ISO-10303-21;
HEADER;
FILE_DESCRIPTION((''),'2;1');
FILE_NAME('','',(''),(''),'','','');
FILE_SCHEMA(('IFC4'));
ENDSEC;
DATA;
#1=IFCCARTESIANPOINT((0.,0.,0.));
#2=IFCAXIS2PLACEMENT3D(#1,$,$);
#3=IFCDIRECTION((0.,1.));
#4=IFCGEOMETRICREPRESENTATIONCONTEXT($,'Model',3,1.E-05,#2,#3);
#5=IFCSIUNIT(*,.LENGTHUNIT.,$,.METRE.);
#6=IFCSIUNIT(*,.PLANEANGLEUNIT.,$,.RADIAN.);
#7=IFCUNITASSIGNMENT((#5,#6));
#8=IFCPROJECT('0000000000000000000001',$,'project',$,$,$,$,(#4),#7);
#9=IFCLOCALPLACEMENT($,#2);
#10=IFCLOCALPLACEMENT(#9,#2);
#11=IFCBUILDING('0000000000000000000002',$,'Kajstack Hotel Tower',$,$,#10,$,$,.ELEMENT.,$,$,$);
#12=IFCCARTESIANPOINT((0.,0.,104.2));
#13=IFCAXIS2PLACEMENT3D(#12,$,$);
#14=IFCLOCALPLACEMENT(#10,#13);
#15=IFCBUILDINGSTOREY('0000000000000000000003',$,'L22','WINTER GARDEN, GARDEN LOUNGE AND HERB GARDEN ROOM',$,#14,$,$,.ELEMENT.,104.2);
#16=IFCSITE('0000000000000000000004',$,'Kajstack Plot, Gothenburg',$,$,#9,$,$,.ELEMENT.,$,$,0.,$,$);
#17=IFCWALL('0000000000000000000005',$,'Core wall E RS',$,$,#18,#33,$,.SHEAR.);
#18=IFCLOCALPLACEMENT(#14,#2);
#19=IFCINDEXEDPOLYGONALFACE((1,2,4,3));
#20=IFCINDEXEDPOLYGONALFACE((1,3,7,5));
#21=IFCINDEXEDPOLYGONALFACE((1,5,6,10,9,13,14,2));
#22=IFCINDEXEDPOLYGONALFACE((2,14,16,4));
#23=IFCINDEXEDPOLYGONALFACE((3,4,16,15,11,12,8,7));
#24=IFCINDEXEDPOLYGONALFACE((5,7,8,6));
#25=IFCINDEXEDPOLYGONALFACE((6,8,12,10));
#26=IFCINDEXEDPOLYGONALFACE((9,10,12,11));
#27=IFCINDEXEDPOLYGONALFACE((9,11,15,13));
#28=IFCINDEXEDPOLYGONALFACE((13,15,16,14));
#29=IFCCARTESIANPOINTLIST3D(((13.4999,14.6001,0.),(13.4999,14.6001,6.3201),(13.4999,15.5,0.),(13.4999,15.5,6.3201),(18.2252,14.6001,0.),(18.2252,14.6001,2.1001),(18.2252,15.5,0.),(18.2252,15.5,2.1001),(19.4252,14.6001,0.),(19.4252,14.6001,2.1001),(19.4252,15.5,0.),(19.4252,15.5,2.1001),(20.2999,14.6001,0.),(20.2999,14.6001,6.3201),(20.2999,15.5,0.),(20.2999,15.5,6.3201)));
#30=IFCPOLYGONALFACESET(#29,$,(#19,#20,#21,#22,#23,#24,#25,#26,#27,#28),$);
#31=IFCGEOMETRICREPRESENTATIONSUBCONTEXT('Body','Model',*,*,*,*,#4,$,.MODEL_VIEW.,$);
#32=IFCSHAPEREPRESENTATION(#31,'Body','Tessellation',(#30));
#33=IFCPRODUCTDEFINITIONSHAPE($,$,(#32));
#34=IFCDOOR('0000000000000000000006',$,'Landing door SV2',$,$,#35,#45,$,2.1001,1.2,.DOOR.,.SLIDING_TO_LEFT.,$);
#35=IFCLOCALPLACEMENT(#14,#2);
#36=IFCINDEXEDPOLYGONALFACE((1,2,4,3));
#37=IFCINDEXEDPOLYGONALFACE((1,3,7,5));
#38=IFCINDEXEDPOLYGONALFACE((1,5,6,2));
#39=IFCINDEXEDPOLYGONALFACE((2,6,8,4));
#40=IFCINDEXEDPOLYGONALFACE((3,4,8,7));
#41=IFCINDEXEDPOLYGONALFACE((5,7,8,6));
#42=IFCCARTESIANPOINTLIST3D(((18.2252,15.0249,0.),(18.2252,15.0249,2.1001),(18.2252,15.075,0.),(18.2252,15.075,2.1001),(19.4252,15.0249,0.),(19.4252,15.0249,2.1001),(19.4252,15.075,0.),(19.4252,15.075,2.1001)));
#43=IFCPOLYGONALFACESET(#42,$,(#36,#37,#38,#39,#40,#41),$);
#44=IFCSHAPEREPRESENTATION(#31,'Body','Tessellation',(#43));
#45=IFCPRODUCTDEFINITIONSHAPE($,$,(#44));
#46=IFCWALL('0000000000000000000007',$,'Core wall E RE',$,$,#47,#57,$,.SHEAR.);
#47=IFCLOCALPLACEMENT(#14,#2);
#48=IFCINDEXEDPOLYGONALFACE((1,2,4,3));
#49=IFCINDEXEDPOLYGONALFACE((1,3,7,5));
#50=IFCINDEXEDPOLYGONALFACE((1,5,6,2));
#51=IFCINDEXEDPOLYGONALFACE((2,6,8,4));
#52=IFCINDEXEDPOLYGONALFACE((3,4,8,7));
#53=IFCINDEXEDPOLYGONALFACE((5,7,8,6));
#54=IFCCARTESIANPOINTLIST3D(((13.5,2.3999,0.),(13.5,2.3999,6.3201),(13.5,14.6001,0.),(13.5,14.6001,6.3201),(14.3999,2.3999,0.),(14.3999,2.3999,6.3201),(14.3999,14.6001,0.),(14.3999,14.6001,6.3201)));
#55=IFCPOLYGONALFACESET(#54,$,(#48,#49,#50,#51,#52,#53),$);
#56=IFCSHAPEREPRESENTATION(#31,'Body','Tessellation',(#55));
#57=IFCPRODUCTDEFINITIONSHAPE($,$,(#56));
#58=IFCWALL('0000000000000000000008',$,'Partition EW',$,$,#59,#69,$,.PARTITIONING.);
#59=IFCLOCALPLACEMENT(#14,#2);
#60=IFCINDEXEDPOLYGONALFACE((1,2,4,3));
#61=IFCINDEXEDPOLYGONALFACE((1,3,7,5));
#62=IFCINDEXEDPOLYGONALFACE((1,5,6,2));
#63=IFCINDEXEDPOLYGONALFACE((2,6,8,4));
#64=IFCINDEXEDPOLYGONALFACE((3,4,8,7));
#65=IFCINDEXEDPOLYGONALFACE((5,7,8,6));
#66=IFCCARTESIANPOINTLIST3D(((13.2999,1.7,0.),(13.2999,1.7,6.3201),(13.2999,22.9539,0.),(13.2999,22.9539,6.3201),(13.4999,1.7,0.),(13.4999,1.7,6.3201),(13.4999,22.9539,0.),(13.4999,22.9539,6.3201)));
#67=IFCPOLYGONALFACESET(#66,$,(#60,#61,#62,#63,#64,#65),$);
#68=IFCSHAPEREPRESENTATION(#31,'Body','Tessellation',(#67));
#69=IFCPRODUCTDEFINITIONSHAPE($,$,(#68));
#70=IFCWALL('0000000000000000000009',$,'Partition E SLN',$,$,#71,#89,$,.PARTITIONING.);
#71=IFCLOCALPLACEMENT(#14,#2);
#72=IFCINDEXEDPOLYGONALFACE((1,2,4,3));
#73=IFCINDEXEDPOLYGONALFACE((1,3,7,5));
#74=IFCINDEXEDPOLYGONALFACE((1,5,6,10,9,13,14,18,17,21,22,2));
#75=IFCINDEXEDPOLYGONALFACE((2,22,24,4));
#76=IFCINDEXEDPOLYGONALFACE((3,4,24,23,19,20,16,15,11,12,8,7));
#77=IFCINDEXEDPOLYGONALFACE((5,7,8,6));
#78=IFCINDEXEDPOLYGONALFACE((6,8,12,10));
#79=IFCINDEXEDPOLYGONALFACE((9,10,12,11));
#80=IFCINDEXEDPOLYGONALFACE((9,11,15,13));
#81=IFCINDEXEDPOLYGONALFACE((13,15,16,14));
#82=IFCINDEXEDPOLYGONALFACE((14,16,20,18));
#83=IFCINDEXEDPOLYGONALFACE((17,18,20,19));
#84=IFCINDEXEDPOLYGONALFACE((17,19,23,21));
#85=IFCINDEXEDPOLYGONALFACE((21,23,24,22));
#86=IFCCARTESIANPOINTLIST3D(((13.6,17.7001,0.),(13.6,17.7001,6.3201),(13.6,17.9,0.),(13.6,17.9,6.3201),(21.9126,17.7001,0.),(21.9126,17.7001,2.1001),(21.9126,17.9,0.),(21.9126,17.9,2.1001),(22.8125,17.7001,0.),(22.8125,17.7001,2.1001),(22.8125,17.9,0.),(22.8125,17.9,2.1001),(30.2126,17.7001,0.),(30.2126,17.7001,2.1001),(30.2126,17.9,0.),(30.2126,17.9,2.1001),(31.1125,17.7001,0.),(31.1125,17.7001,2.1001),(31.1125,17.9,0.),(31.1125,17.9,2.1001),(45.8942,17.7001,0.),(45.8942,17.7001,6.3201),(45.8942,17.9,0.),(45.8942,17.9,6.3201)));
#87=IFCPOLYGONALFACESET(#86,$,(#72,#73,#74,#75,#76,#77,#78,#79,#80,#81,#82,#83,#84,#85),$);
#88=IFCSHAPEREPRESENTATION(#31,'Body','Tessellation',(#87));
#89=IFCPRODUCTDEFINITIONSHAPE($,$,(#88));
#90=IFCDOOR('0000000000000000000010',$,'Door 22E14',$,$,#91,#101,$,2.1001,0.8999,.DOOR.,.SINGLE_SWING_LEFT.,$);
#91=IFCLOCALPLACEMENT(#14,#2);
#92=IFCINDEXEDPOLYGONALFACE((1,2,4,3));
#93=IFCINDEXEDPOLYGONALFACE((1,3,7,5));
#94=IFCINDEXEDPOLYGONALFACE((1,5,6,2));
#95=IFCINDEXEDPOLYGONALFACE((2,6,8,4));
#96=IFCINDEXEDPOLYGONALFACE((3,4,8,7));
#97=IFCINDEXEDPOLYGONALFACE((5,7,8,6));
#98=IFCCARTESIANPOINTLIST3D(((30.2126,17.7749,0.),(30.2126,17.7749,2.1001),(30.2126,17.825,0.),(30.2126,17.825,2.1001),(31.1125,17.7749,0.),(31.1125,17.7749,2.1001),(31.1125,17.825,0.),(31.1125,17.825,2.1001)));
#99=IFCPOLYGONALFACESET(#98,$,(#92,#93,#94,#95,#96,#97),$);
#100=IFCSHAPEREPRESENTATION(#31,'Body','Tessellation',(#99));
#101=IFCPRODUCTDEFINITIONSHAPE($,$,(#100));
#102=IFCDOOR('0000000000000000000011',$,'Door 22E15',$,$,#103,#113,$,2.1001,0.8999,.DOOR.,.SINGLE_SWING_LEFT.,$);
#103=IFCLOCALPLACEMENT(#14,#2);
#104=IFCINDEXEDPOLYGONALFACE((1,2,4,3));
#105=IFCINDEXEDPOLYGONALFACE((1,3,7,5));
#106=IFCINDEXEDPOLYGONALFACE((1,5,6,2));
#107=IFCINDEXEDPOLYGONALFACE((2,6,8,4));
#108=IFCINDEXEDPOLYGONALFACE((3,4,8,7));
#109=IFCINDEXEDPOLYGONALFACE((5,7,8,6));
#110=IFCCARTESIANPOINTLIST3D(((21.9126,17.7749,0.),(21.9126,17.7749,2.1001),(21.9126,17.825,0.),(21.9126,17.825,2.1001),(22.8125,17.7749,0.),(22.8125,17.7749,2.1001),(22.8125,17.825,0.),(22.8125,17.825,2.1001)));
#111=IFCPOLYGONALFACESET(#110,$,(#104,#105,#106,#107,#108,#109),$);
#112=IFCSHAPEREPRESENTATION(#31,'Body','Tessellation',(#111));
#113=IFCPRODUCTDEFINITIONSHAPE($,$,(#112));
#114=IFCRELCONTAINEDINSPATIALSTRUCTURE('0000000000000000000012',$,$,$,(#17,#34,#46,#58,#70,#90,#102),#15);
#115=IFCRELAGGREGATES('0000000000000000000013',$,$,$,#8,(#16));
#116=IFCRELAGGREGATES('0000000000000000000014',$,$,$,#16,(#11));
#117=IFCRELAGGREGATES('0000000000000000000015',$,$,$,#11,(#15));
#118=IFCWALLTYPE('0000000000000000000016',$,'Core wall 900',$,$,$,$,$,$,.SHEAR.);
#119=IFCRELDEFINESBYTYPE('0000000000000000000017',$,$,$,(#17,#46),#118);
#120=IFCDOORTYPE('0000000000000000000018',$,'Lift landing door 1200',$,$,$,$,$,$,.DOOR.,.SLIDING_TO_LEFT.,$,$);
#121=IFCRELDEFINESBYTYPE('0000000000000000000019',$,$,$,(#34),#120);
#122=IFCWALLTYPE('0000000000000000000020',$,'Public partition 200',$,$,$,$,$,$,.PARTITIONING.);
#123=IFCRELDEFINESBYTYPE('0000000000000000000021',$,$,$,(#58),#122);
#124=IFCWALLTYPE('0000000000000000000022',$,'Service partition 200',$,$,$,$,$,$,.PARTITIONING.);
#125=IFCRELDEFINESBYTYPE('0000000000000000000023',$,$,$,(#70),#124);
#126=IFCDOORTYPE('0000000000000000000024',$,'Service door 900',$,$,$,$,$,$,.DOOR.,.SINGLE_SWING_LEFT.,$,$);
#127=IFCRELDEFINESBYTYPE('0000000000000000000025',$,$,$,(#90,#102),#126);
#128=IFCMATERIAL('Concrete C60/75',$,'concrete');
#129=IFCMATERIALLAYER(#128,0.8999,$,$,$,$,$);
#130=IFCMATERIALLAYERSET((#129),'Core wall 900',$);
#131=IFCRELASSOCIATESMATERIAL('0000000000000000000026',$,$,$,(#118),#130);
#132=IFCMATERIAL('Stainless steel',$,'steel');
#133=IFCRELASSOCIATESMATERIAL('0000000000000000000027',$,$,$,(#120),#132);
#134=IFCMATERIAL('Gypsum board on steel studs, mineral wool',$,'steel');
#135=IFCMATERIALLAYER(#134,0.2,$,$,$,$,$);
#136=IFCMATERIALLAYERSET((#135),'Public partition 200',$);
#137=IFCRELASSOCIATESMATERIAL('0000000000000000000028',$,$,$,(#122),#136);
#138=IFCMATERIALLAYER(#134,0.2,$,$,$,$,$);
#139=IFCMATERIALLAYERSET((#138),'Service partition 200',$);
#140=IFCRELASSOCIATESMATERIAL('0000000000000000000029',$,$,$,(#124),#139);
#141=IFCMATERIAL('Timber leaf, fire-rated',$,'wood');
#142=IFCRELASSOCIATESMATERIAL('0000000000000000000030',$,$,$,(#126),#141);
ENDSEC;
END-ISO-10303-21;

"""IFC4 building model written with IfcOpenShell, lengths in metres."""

from ifc_helpers import new_model, si_unit, direction, frame, frame_2d, origin, place, context, subcontext, project, spatial, rectangle, extrude, material, layer, layer_set, type_object, element, fill, save


model = new_model("IFC4")

# Units and contexts
model_context = context("Model", 3, precision=1e-05, world=origin(), true_north=direction((0.0, 1.0)))
body_context = subcontext(model_context, "Body", "Model", "MODEL_VIEW")
ifc_project = project(units=[si_unit("LENGTHUNIT", "METRE"), si_unit("PLANEANGLEUNIT", "RADIAN")], contexts=[model_context])

# Site, building, storey
site_placement = place(None, origin())
site = spatial("IfcSite", under=ifc_project, at=site_placement, Name="Kajstack Plot, Gothenburg", CompositionType="ELEMENT", RefElevation=0.0)
building_placement = place(site_placement, origin())
building = spatial("IfcBuilding", under=site, at=building_placement, Name="Kajstack Hotel Tower", CompositionType="ELEMENT")
storey_placement = place(building_placement, frame((0.0, 0.0, 104.2)))
storey = spatial("IfcBuildingStorey", under=building, at=storey_placement, Name="L22", Description="WINTER GARDEN, GARDEN LOUNGE AND HERB GARDEN ROOM", CompositionType="ELEMENT", Elevation=104.2)

# Shared definitions
ifc_material_1 = material(Name="Concrete C60/75", Category="concrete")

# Wall, opening, door
ifc_layer_1 = layer(ifc_material_1, 0.8999)
ifc_layer_set_1 = layer_set([ifc_layer_1], Name="Core wall 900")
wall_type_1 = type_object("IfcWallType", Name="Core wall 900", PredefinedType="SHEAR", material=ifc_layer_set_1)
wall_1_placement = place(storey_placement, frame((13.5, 15.05, 0.0), z_axis=(0.0, 0.0, 1.0), x_axis=(1.0, 0.0, 0.0)))
wall_1 = element("IfcWall", 1, at=wall_1_placement, inside=storey, type_object=wall_type_1, Name="Core wall E RS", PredefinedType="SHEAR", context=body_context, shape_type="SweptSolid", body=[
    extrude(rectangle(XDim=6.8, YDim=0.8999, at=frame_2d((3.3999, 0.0))), origin(), (0.0, 0.0, 1.0), 6.3201),
])
opening_1_placement = place(wall_1_placement, frame((4.7251, 0.0, 0.0)))
opening_1 = element("IfcOpeningElement", 2, at=opening_1_placement, cuts=wall_1, PredefinedType="OPENING", context=body_context, shape_type="SweptSolid", body=[
    extrude(rectangle(XDim=1.2, YDim=2.1001, at=frame_2d((0.6001, 1.05))), frame((0.0, 0.46, 0.0), z_axis=(0.0, -1.0, 0.0), x_axis=(1.0, 0.0, 0.0)), (0.0, 0.0, 1.0), 0.9199),
])
ifc_material_2 = material(Name="Stainless steel", Category="steel")
door_type_1 = type_object("IfcDoorType", Name="Lift landing door 1200", OperationType="SLIDING_TO_LEFT", PredefinedType="DOOR", material=ifc_material_2)
door_1_placement = place(opening_1_placement, origin())
door_1 = element("IfcDoor", 3, at=door_1_placement, inside=storey, type_object=door_type_1, Name="Landing door SV2", OperationType="SLIDING_TO_LEFT", OverallHeight=2.1001, OverallWidth=1.2, PredefinedType="DOOR", context=body_context, shape_type="SweptSolid", body=[
    extrude(rectangle(XDim=1.2, YDim=2.1001, at=frame_2d((0.6001, 1.05))), frame((0.0, 0.0249, 0.0), z_axis=(0.0, -1.0, 0.0), x_axis=(1.0, 0.0, 0.0)), (0.0, 0.0, 1.0), 0.05),
])
fill(opening_1, door_1)

# Walls
wall_2_placement = place(storey_placement, frame((13.95, 2.3999, 0.0), z_axis=(0.0, 0.0, 1.0), x_axis=(0.0, 1.0, 0.0)))
element("IfcWall", 4, at=wall_2_placement, inside=storey, type_object=wall_type_1, Name="Core wall E RE", PredefinedType="SHEAR", context=body_context, shape_type="SweptSolid", body=[
    extrude(rectangle(XDim=12.2002, YDim=0.8999, at=frame_2d((6.1001, 0.0))), origin(), (0.0, 0.0, 1.0), 6.3201),
])
ifc_material_3 = material(Name="Gypsum board on steel studs, mineral wool", Category="steel")
ifc_layer_2 = layer(ifc_material_3, 0.2)
ifc_layer_set_2 = layer_set([ifc_layer_2], Name="Public partition 200")
wall_type_2 = type_object("IfcWallType", Name="Public partition 200", PredefinedType="PARTITIONING", material=ifc_layer_set_2)
wall_3_placement = place(storey_placement, frame((13.3999, 1.7, 0.0), z_axis=(0.0, 0.0, 1.0), x_axis=(0.0, 1.0, 0.0)))
element("IfcWall", 5, at=wall_3_placement, inside=storey, type_object=wall_type_2, Name="Partition EW", PredefinedType="PARTITIONING", context=body_context, shape_type="SweptSolid", body=[
    extrude(rectangle(XDim=21.2539, YDim=0.2, at=frame_2d((10.627, 0.0))), origin(), (0.0, 0.0, 1.0), 6.3201),
])

# Wall, openings, doors
ifc_layer_3 = layer(ifc_material_3, 0.2)
ifc_layer_set_3 = layer_set([ifc_layer_3], Name="Service partition 200")
wall_type_3 = type_object("IfcWallType", Name="Service partition 200", PredefinedType="PARTITIONING", material=ifc_layer_set_3)
wall_4_placement = place(storey_placement, frame((13.6001, 17.8, 0.0), z_axis=(0.0, 0.0, 1.0), x_axis=(1.0, 0.0, 0.0)))
wall_4 = element("IfcWall", 6, at=wall_4_placement, inside=storey, type_object=wall_type_3, Name="Partition E SLN", PredefinedType="PARTITIONING", context=body_context, shape_type="SweptSolid", body=[
    extrude(rectangle(XDim=32.2942, YDim=0.2, at=frame_2d((16.147, 0.0))), origin(), (0.0, 0.0, 1.0), 6.3201),
])
opening_2_placement = place(wall_4_placement, frame((16.6125, 0.0, 0.0)))
opening_2 = element("IfcOpeningElement", 7, at=opening_2_placement, cuts=wall_4, PredefinedType="OPENING", context=body_context, shape_type="SweptSolid", body=[
    extrude(rectangle(XDim=0.8999, YDim=2.1001, at=frame_2d((0.45, 1.05))), frame((0.0, 0.1099, 0.0), z_axis=(0.0, -1.0, 0.0), x_axis=(1.0, 0.0, 0.0)), (0.0, 0.0, 1.0), 0.22),
])
opening_3_placement = place(wall_4_placement, frame((8.3125, 0.0, 0.0)))
opening_3 = element("IfcOpeningElement", 8, at=opening_3_placement, cuts=wall_4, PredefinedType="OPENING", context=body_context, shape_type="SweptSolid", body=[
    extrude(rectangle(XDim=0.8999, YDim=2.1001, at=frame_2d((0.45, 1.05))), frame((0.0, 0.1099, 0.0), z_axis=(0.0, -1.0, 0.0), x_axis=(1.0, 0.0, 0.0)), (0.0, 0.0, 1.0), 0.22),
])
ifc_material_4 = material(Name="Timber leaf, fire-rated", Category="wood")
door_type_2 = type_object("IfcDoorType", Name="Service door 900", OperationType="SINGLE_SWING_LEFT", PredefinedType="DOOR", material=ifc_material_4)
door_2_placement = place(opening_2_placement, origin())
door_2 = element("IfcDoor", 9, at=door_2_placement, inside=storey, type_object=door_type_2, Name="Door 22E14", OperationType="SINGLE_SWING_LEFT", OverallHeight=2.1001, OverallWidth=0.8999, PredefinedType="DOOR", context=body_context, shape_type="SweptSolid", body=[
    extrude(rectangle(XDim=0.8999, YDim=2.1001, at=frame_2d((0.45, 1.05))), frame((0.0, 0.0249, 0.0), z_axis=(0.0, -1.0, 0.0), x_axis=(1.0, 0.0, 0.0)), (0.0, 0.0, 1.0), 0.05),
])
fill(opening_2, door_2)
door_3_placement = place(opening_3_placement, origin())
door_3 = element("IfcDoor", 10, at=door_3_placement, inside=storey, type_object=door_type_2, Name="Door 22E15", OperationType="SINGLE_SWING_LEFT", OverallHeight=2.1001, OverallWidth=0.8999, PredefinedType="DOOR", context=body_context, shape_type="SweptSolid", body=[
    extrude(rectangle(XDim=0.8999, YDim=2.1001, at=frame_2d((0.45, 1.05))), frame((0.0, 0.0249, 0.0), z_axis=(0.0, -1.0, 0.0), x_axis=(1.0, 0.0, 0.0)), (0.0, 0.0, 1.0), 0.05),
])
fill(opening_3, door_3)

save(model, "model.ifc")
